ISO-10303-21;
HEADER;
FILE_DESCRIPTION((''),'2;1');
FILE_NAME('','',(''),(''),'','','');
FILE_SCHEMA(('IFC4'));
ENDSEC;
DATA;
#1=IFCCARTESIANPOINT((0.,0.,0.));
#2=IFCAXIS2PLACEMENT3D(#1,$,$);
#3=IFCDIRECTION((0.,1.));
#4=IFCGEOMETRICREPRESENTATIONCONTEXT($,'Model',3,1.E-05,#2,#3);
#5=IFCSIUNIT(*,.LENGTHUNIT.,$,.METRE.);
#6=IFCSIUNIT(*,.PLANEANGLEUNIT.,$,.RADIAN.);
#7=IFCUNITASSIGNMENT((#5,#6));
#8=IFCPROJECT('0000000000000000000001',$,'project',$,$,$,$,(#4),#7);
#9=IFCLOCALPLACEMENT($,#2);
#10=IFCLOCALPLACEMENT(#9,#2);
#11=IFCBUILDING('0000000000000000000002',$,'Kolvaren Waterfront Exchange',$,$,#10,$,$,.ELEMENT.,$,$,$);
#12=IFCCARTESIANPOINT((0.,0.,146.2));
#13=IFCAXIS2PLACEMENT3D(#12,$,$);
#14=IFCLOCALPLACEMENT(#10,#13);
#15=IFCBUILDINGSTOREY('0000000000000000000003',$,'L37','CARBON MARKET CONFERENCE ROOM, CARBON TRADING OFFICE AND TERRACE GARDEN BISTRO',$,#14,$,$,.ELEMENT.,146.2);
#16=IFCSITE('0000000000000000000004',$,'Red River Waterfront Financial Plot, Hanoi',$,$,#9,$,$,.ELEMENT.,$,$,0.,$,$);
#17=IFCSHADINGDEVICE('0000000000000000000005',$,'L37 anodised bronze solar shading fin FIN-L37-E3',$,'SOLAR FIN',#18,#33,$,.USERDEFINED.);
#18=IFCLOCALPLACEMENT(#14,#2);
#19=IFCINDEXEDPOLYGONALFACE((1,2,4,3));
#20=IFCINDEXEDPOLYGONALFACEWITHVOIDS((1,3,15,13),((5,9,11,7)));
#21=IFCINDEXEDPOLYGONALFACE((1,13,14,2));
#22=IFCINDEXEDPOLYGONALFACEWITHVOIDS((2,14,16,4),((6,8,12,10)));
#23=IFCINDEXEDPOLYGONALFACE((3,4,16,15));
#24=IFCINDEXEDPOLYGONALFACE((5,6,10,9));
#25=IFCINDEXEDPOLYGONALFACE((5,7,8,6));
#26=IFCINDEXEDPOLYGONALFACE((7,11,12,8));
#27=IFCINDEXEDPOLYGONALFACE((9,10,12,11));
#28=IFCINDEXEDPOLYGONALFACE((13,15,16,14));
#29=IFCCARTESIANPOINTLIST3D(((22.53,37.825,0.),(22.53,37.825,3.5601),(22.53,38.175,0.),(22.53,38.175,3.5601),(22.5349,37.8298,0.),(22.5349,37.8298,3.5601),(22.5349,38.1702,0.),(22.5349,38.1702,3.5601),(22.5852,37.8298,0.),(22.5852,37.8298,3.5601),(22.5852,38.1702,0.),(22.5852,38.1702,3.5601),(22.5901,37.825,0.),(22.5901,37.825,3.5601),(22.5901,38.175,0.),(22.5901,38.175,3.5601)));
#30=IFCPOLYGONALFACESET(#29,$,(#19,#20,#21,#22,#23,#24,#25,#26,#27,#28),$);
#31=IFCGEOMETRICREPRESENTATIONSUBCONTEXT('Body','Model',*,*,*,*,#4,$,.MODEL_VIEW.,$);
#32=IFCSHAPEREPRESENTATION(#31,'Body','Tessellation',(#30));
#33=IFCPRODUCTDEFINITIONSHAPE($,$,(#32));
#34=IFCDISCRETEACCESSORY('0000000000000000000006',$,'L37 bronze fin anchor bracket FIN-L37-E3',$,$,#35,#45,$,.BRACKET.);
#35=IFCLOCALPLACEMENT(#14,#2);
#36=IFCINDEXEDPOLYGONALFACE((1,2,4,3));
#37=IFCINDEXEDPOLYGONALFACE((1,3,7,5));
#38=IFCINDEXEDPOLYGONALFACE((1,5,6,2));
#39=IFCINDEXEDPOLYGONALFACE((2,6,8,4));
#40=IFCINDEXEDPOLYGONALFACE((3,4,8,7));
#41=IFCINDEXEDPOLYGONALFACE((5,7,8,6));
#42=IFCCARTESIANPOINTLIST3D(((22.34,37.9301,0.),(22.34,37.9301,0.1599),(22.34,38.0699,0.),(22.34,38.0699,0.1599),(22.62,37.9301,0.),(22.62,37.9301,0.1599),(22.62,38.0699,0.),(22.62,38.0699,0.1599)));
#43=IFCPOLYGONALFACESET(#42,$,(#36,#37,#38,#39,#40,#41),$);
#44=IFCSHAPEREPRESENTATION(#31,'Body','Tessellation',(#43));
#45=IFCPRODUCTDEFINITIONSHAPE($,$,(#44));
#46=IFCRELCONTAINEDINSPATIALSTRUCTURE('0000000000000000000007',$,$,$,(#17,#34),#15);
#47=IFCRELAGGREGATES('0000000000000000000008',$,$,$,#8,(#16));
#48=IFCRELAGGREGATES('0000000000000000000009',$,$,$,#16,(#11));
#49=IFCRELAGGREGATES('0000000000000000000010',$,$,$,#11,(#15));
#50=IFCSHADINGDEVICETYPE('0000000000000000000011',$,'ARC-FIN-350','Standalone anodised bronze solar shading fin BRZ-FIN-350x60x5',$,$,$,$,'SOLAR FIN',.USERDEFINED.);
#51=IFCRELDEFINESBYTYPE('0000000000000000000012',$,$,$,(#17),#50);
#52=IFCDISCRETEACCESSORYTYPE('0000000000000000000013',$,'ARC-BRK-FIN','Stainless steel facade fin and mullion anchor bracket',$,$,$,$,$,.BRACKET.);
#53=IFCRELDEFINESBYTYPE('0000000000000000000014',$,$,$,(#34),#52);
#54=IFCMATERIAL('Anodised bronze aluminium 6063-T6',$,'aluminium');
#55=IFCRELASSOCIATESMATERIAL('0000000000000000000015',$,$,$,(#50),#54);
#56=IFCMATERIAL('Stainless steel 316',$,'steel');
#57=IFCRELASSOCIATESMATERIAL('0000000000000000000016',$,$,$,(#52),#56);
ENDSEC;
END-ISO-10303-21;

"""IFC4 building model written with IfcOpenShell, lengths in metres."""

from ifc_helpers import new_model, si_unit, direction, frame, origin, origin_with_axes, origin_2d, place, context, subcontext, project, spatial, rectangle, hollow_rectangle, extrude, source, transform, mapped, material, material_profile, profile_set, type_object, element, save


model = new_model("IFC4")

# Units and contexts
model_context = context("Model", 3, precision=1e-05, world=origin(), true_north=direction((0.0, 1.0)))
body_context = subcontext(model_context, "Body", "Model", "MODEL_VIEW")
ifc_project = project(units=[si_unit("LENGTHUNIT", "METRE"), si_unit("PLANEANGLEUNIT", "RADIAN")], contexts=[model_context])

# Site, building, storey
site_placement = place(None, origin())
site = spatial("IfcSite", under=ifc_project, at=site_placement, Name="Red River Waterfront Financial Plot, Hanoi", CompositionType="ELEMENT", RefElevation=0.0)
building_placement = place(site_placement, origin())
building = spatial("IfcBuilding", under=site, at=building_placement, Name="Kolvaren Waterfront Exchange", CompositionType="ELEMENT")
storey_placement = place(building_placement, frame((0.0, 0.0, 146.2)))
storey = spatial("IfcBuildingStorey", under=building, at=storey_placement, Name="L37", Description="CARBON MARKET CONFERENCE ROOM, CARBON TRADING OFFICE AND TERRACE GARDEN BISTRO", CompositionType="ELEMENT", Elevation=146.2)

# Shared definitions
ifc_material_1 = material(Name="Anodised bronze aluminium 6063-T6", Category="aluminium")

# Shading device
ifc_material_profile_1 = material_profile(ifc_material_1, hollow_rectangle(XDim=0.0601, YDim=0.3501, WallThickness=0.0049, at=origin_2d()), Name="BRZ-FIN-350x60x5")
ifc_profile_set_1 = profile_set([ifc_material_profile_1], Name="Anodised bronze aluminium 6063-T6")
shading_device_type = type_object("IfcShadingDeviceType", Name="ARC-FIN-350", Description="Standalone anodised bronze solar shading fin BRZ-FIN-350x60x5", ElementType="SOLAR FIN", PredefinedType="USERDEFINED", material=ifc_profile_set_1)
shading_device_placement = place(storey_placement, frame((22.5601, 38.0, 0.0), z_axis=(0.0, 0.0, 1.0), x_axis=(1.0, 0.0, 0.0)))
element("IfcShadingDevice", 1, at=shading_device_placement, inside=storey, type_object=shading_device_type, Name="L37 anodised bronze solar shading fin FIN-L37-E3", ObjectType="SOLAR FIN", PredefinedType="USERDEFINED", context=body_context, shape_type="SweptSolid", body=[
    extrude(hollow_rectangle(XDim=0.0601, YDim=0.3501, WallThickness=0.0049, at=origin_2d()), origin(), (0.0, 0.0, 1.0), 3.5601),
])

# Discrete accessory
ifc_material_2 = material(Name="Stainless steel 316", Category="steel")
discrete_accessory_type = type_object("IfcDiscreteAccessoryType", Name="ARC-BRK-FIN", Description="Stainless steel facade fin and mullion anchor bracket", PredefinedType="BRACKET", material=ifc_material_2)
shared_shape_1 = source(origin_with_axes(), body_context, "Body", "SweptSolid", [
    extrude(rectangle(XDim=0.28, YDim=0.1399, at=origin_2d()), origin(), (0.0, 0.0, 1.0), 0.1599),
])
discrete_accessory_placement = place(storey_placement, frame((22.48, 38.0, 0.0), z_axis=(0.0, 0.0, 1.0), x_axis=(1.0, 0.0, 0.0)))
element("IfcDiscreteAccessory", 2, at=discrete_accessory_placement, inside=storey, type_object=discrete_accessory_type, Name="L37 bronze fin anchor bracket FIN-L37-E3", PredefinedType="BRACKET", context=body_context, shape_type="MappedRepresentation", body=[
    mapped(shared_shape_1, transform((0.0, 0.0, 0.0), x_axis=(1.0, 0.0, 0.0), y_axis=(0.0, 1.0, 0.0), z_axis=(0.0, 0.0, 1.0), scale=1.0)),
])

save(model, "model.ifc")
